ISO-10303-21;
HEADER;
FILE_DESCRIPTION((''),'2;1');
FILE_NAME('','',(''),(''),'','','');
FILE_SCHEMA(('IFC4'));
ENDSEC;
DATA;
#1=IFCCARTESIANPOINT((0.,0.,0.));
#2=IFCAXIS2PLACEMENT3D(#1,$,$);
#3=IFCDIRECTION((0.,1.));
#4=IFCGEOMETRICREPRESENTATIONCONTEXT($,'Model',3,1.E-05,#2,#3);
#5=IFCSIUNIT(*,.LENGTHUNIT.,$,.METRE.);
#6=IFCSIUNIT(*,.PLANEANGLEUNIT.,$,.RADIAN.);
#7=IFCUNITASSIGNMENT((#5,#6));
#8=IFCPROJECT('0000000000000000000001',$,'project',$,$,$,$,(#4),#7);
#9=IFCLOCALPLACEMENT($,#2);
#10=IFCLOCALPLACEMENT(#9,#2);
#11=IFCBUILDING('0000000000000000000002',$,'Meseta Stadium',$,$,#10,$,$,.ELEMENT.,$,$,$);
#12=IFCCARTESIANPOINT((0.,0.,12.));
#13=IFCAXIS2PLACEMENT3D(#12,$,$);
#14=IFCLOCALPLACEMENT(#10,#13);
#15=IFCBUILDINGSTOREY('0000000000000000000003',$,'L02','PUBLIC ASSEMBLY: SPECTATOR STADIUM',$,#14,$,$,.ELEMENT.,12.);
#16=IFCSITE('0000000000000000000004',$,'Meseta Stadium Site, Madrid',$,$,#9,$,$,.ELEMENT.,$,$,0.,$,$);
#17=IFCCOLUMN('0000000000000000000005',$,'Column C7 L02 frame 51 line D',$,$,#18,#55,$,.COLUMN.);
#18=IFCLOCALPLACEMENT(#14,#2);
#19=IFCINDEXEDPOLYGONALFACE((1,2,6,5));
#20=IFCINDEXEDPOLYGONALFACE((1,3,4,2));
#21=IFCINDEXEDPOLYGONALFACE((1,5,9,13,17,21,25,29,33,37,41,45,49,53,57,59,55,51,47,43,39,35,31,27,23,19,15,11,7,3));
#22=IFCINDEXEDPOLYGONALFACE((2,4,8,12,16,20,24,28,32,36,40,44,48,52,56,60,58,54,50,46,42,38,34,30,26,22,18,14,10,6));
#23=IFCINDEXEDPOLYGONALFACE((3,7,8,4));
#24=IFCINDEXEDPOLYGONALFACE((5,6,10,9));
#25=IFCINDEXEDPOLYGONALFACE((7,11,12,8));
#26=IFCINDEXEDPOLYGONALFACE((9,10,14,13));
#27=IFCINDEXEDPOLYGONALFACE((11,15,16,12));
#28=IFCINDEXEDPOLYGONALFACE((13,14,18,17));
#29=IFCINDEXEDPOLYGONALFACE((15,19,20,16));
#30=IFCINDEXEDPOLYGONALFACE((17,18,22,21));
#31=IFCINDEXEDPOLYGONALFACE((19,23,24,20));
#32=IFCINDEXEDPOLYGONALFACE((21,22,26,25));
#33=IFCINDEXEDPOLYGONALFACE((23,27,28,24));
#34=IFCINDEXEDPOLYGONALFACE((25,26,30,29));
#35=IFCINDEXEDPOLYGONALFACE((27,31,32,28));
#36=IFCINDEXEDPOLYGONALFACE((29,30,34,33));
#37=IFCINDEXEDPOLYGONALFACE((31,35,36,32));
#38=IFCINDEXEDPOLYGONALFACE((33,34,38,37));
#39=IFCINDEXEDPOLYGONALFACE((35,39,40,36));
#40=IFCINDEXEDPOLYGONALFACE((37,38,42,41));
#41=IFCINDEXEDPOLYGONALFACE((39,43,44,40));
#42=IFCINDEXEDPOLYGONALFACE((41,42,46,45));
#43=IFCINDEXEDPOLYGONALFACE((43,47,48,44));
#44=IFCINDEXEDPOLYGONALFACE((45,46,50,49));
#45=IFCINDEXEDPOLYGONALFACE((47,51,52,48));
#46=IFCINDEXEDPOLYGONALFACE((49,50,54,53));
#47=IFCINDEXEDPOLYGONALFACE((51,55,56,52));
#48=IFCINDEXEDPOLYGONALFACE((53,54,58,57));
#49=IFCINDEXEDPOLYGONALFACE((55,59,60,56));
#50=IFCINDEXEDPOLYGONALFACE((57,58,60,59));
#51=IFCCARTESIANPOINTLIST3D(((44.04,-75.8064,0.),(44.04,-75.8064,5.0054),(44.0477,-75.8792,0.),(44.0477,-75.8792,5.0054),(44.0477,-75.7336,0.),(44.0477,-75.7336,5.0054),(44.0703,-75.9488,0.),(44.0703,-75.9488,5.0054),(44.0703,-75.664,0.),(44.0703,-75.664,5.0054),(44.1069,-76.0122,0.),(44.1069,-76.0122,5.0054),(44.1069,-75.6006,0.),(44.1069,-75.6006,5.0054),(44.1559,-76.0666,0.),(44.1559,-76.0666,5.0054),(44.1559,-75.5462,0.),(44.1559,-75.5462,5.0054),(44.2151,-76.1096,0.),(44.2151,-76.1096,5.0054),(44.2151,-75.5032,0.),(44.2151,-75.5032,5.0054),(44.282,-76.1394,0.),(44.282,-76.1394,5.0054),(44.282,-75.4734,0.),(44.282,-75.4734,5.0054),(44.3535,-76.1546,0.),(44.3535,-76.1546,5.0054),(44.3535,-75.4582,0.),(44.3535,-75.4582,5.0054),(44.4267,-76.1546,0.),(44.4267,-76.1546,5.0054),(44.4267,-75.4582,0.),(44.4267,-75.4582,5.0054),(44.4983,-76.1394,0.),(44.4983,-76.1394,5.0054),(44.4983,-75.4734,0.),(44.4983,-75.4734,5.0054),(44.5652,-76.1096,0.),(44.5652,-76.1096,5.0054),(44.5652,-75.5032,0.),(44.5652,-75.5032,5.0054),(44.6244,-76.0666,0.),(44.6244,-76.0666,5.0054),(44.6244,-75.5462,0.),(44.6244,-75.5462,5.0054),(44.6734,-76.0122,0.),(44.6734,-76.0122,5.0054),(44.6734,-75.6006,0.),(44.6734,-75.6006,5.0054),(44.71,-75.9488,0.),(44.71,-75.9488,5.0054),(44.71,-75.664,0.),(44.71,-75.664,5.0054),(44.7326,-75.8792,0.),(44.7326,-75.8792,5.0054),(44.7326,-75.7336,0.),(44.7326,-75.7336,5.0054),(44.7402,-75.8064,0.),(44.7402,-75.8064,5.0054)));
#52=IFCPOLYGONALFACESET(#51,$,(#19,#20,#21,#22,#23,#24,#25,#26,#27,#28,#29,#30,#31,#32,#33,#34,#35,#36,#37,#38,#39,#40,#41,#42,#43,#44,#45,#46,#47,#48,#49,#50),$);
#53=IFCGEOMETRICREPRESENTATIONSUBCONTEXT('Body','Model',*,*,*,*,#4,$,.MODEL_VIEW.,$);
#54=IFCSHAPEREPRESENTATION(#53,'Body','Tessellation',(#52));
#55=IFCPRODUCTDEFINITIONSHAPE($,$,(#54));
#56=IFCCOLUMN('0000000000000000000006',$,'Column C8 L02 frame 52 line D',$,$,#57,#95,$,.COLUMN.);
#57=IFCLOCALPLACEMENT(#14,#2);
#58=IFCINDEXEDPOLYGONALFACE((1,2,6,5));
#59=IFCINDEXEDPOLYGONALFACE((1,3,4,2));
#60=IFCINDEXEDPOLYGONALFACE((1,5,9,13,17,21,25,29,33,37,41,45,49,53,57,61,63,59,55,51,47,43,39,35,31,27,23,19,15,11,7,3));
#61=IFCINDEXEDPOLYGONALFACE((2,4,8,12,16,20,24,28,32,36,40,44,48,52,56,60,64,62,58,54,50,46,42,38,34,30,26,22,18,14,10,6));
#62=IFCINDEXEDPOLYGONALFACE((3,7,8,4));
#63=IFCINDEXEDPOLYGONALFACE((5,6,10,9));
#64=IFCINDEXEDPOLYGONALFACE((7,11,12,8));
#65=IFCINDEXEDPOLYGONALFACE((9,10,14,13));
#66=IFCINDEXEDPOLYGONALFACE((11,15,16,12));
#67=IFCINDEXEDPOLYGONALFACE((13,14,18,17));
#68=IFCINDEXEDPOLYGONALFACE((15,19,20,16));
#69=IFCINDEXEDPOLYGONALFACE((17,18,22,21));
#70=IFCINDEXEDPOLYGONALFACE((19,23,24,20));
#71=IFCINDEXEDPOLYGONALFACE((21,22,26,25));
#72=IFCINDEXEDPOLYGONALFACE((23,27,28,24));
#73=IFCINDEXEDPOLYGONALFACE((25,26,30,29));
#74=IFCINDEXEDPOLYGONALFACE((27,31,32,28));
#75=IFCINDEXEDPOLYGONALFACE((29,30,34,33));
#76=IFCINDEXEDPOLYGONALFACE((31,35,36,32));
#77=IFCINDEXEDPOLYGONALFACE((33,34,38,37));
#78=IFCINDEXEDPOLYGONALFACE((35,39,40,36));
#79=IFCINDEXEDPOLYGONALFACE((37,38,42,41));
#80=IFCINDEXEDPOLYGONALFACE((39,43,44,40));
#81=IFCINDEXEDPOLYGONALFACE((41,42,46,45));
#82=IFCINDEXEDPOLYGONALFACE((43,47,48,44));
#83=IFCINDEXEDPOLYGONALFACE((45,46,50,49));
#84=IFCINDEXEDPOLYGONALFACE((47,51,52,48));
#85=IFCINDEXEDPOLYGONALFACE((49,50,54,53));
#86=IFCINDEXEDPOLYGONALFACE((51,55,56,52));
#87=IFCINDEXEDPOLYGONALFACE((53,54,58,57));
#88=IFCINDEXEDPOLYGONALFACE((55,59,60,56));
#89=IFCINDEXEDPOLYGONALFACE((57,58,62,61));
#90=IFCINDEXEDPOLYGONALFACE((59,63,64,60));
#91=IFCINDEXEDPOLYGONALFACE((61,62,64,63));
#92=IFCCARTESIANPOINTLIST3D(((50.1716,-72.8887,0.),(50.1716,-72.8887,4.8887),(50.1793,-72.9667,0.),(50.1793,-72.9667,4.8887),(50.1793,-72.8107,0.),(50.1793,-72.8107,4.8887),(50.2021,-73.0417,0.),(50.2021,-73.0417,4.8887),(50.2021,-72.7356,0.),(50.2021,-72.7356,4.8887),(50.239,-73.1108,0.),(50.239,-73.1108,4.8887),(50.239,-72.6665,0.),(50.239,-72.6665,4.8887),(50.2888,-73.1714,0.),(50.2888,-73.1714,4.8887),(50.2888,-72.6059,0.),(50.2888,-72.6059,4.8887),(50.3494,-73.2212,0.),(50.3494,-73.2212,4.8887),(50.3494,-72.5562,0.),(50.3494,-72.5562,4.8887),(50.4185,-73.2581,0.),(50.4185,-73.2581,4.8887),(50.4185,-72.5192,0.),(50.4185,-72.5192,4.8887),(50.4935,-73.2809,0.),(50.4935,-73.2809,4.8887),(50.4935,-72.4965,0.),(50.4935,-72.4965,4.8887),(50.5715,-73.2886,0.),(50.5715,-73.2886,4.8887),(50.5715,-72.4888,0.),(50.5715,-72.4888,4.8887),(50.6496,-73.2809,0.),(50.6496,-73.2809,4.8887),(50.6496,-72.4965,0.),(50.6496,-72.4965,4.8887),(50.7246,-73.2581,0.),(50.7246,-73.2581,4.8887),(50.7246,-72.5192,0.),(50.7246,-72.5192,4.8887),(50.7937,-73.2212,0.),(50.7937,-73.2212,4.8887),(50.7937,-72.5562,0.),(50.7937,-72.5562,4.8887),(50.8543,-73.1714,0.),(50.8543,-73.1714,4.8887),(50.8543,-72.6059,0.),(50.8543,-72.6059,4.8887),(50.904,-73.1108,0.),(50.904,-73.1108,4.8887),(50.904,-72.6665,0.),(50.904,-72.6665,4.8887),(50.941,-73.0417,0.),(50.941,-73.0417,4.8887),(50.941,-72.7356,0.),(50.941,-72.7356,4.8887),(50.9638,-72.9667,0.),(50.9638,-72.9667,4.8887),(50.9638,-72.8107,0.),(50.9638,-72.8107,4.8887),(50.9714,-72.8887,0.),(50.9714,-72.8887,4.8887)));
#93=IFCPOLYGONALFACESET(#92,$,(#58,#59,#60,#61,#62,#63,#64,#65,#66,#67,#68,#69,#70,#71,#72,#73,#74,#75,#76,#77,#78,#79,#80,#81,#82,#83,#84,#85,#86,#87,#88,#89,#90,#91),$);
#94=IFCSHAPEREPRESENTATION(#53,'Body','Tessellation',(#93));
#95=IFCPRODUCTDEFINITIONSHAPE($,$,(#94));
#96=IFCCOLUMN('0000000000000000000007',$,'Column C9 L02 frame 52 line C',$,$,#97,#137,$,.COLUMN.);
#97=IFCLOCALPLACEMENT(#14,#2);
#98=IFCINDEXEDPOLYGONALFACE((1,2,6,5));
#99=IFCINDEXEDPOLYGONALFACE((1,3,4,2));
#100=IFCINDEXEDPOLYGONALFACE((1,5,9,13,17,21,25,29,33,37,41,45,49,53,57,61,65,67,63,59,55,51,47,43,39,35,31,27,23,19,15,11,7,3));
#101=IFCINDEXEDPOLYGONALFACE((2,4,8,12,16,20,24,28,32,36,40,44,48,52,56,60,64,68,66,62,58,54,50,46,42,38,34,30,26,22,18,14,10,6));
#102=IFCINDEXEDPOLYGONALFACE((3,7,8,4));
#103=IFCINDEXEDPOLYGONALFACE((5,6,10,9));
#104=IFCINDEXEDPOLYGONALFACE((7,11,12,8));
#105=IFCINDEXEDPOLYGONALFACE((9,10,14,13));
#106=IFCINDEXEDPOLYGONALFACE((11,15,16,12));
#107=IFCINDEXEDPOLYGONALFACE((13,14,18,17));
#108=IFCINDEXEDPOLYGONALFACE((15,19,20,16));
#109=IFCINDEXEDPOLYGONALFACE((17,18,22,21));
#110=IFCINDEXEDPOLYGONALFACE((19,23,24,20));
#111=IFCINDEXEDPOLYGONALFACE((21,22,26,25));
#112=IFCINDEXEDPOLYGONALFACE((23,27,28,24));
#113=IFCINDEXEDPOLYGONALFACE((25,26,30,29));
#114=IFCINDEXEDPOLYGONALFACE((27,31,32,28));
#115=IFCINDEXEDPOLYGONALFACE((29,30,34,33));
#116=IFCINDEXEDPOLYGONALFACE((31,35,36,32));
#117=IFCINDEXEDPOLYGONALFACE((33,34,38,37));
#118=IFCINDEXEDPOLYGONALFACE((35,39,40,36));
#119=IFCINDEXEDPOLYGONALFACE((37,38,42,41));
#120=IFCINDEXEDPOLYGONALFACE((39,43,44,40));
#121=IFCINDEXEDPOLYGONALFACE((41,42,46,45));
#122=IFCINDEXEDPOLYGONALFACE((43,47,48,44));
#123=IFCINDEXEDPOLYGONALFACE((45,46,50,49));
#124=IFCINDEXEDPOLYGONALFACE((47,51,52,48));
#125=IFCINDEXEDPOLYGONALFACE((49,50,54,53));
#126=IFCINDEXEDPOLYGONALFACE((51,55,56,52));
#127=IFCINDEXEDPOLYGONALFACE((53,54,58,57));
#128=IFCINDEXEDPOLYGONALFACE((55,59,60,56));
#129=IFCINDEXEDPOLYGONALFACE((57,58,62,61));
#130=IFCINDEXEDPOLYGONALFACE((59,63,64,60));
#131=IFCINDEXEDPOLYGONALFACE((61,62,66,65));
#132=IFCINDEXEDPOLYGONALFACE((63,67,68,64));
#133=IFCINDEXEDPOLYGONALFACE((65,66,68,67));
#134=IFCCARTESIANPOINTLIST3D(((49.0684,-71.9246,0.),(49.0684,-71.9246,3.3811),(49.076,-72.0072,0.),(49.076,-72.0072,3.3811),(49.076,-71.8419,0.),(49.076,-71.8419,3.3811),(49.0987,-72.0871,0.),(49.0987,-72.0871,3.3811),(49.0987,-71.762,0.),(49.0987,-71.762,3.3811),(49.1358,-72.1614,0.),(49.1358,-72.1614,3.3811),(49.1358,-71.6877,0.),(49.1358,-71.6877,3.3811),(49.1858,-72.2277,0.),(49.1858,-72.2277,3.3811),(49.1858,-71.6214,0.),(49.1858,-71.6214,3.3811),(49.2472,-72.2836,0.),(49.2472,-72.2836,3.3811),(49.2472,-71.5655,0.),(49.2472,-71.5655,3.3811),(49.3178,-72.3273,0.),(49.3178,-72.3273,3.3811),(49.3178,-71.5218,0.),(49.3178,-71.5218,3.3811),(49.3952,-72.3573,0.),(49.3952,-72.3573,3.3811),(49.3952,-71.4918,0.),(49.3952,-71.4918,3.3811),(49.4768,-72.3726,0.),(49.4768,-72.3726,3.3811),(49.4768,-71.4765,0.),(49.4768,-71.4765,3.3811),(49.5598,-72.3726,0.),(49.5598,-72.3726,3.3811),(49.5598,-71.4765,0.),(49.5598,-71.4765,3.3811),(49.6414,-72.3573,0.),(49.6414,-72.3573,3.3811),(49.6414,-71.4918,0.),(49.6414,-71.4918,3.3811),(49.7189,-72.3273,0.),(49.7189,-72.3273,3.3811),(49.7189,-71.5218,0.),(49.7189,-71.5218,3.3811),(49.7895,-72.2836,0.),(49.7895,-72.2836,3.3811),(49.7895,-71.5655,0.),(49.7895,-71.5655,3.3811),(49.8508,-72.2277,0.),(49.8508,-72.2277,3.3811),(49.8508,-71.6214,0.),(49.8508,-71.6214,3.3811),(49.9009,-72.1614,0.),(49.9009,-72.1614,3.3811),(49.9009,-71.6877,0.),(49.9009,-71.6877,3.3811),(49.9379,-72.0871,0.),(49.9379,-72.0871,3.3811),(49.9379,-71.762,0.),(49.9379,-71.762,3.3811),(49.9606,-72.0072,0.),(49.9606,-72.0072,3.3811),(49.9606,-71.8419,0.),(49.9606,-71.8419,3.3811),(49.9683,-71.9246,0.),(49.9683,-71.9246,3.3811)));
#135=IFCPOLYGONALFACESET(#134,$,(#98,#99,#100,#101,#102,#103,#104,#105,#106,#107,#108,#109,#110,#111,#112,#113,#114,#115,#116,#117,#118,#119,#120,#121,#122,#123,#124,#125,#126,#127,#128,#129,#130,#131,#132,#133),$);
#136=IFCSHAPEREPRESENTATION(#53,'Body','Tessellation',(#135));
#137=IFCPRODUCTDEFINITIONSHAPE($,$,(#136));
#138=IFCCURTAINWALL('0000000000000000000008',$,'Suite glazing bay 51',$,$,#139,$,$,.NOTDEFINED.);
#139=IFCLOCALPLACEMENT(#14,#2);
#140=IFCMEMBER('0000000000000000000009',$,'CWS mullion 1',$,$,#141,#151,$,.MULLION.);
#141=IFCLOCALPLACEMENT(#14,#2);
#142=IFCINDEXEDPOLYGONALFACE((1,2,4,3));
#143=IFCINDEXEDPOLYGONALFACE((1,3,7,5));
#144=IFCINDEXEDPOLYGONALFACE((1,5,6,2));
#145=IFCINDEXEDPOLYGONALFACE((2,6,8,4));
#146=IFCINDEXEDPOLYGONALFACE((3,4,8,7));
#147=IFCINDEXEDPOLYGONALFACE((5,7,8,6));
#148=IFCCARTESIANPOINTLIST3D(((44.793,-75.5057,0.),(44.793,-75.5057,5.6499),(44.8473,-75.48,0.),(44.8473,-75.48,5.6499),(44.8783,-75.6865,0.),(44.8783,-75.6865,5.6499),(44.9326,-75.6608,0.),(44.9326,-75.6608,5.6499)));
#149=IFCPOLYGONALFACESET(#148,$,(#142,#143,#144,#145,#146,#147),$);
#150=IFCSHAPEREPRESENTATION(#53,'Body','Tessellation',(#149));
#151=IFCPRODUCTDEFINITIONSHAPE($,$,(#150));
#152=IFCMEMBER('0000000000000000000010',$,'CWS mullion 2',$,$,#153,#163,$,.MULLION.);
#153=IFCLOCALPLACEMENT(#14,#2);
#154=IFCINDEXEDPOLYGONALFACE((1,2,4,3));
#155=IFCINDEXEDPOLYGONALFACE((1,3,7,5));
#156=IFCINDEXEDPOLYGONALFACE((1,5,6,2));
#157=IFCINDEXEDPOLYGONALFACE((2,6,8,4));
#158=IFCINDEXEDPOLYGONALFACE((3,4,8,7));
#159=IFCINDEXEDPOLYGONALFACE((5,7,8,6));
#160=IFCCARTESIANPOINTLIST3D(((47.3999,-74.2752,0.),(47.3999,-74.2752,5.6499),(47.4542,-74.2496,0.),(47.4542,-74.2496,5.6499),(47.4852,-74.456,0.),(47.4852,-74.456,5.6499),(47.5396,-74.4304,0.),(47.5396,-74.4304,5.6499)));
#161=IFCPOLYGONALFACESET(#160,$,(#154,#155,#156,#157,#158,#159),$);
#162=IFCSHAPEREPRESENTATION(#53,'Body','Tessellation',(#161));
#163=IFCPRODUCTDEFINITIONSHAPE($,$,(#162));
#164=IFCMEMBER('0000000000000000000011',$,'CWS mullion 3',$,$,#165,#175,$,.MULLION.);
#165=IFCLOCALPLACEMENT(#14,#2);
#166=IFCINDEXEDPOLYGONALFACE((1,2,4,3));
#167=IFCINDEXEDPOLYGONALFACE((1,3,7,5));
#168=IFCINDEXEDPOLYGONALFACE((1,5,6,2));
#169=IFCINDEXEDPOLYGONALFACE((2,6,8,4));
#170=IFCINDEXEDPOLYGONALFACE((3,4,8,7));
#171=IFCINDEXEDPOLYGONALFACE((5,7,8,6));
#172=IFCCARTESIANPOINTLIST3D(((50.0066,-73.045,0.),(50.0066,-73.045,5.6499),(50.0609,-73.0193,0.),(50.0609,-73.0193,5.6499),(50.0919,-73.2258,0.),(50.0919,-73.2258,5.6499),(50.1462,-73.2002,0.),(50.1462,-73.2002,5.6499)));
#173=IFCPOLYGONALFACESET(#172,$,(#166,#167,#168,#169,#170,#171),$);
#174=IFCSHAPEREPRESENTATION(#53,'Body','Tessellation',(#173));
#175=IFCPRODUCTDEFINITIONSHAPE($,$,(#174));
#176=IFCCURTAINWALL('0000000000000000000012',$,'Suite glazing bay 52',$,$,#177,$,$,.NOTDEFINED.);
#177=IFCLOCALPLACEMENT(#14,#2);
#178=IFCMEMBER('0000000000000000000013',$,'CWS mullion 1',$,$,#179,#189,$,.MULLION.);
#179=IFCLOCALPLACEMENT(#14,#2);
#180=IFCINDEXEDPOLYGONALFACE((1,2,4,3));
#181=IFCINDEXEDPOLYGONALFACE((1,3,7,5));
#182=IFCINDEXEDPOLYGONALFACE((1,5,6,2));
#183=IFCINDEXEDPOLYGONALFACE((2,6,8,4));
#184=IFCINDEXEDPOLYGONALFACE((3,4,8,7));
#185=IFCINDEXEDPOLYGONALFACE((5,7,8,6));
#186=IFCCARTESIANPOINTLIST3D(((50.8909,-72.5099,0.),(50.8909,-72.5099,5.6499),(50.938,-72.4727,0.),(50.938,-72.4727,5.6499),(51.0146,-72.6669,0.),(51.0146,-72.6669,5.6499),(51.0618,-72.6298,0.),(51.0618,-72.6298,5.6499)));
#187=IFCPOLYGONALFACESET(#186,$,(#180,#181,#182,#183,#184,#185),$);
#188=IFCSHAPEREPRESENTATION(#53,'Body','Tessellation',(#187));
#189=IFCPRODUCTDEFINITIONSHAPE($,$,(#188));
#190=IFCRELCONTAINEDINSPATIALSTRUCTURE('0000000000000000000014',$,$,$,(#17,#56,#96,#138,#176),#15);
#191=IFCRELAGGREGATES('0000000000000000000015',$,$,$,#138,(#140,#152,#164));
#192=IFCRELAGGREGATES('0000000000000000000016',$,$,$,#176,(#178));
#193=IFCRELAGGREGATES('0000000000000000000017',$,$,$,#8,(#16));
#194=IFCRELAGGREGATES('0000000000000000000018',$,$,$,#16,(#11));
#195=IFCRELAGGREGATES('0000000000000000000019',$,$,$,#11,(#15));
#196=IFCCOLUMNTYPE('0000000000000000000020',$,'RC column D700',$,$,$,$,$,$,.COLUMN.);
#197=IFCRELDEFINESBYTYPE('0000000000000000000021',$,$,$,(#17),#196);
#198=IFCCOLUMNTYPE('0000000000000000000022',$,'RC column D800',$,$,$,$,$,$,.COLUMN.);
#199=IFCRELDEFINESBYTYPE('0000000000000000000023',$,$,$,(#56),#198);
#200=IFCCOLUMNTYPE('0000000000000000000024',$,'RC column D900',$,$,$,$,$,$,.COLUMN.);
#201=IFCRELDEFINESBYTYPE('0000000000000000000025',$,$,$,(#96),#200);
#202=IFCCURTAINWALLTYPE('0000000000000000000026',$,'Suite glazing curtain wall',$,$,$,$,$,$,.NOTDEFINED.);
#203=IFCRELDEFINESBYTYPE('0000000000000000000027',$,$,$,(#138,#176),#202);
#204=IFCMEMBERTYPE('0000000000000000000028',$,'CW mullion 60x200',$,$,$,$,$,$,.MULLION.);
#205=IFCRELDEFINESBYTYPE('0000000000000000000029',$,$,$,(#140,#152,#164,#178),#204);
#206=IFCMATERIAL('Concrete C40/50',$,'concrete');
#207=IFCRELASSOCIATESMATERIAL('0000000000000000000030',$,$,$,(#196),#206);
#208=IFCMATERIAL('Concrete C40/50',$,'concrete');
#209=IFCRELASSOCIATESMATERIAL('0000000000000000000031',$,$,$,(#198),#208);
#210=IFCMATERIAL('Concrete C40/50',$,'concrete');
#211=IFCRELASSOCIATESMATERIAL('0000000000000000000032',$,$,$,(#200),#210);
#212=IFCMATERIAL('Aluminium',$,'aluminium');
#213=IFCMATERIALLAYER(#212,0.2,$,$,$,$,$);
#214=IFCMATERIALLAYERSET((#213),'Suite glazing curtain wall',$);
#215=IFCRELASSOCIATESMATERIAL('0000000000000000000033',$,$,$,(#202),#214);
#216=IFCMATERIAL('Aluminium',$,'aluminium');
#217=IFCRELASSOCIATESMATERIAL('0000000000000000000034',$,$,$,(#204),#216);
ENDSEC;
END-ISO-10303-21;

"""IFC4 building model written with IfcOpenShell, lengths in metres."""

from ifc_helpers import new_model, si_unit, direction, frame, origin, origin_2d, place, context, subcontext, project, spatial, rectangle, circle, extrude, material, layer, layer_set, material_profile, profile_set, type_object, element, aggregate, save


model = new_model("IFC4")

# Units and contexts
model_context = context("Model", 3, precision=1e-05, world=origin(), true_north=direction((0.0, 1.0)))
body_context = subcontext(model_context, "Body", "Model", "MODEL_VIEW")
ifc_project = project(units=[si_unit("LENGTHUNIT", "METRE"), si_unit("PLANEANGLEUNIT", "RADIAN")], contexts=[model_context])

# Site, building, storey
site_placement = place(None, origin())
site = spatial("IfcSite", under=ifc_project, at=site_placement, Name="Meseta Stadium Site, Madrid", CompositionType="ELEMENT", RefElevation=0.0)
building_placement = place(site_placement, origin())
building = spatial("IfcBuilding", under=site, at=building_placement, Name="Meseta Stadium", CompositionType="ELEMENT")
storey_placement = place(building_placement, frame((0.0, 0.0, 12.0)))
storey = spatial("IfcBuildingStorey", under=building, at=storey_placement, Name="L02", Description="PUBLIC ASSEMBLY: SPECTATOR STADIUM", CompositionType="ELEMENT", Elevation=12.0)

# Columns
ifc_material_1 = material(Name="Concrete C40/50", Category="concrete")
ifc_material_profile_1 = material_profile(ifc_material_1, circle(Radius=0.3501, at=origin_2d()), Name="RC D700")
ifc_profile_set_1 = profile_set([ifc_material_profile_1], Name="Concrete C40/50")
column_type_1 = type_object("IfcColumnType", Name="RC column D700", PredefinedType="COLUMN", material=ifc_profile_set_1)
column_1_placement = place(storey_placement, frame((44.3901, -75.8064, 0.0), z_axis=(0.0, 0.0, 1.0), x_axis=(1.0, 0.0, 0.0)))
element("IfcColumn", 1, at=column_1_placement, inside=storey, type_object=column_type_1, Name="Column C7 L02 frame 51 line D", PredefinedType="COLUMN", context=body_context, shape_type="SweptSolid", body=[
    extrude(circle(Radius=0.3501, at=origin_2d()), origin(), (0.0, 0.0, 1.0), 5.0054),
])
ifc_material_2 = material(Name="Concrete C40/50", Category="concrete")
ifc_material_profile_2 = material_profile(ifc_material_2, circle(Radius=0.3999, at=origin_2d()), Name="RC D800")
ifc_profile_set_2 = profile_set([ifc_material_profile_2], Name="Concrete C40/50")
column_type_2 = type_object("IfcColumnType", Name="RC column D800", PredefinedType="COLUMN", material=ifc_profile_set_2)
column_2_placement = place(storey_placement, frame((50.5715, -72.8887, 0.0), z_axis=(0.0, 0.0, 1.0), x_axis=(1.0, 0.0, 0.0)))
element("IfcColumn", 2, at=column_2_placement, inside=storey, type_object=column_type_2, Name="Column C8 L02 frame 52 line D", PredefinedType="COLUMN", context=body_context, shape_type="SweptSolid", body=[
    extrude(circle(Radius=0.3999, at=origin_2d()), origin(), (0.0, 0.0, 1.0), 4.8887),
])
ifc_material_3 = material(Name="Concrete C40/50", Category="concrete")
ifc_material_profile_3 = material_profile(ifc_material_3, circle(Radius=0.45, at=origin_2d()), Name="RC D900")
ifc_profile_set_3 = profile_set([ifc_material_profile_3], Name="Concrete C40/50")
column_type_3 = type_object("IfcColumnType", Name="RC column D900", PredefinedType="COLUMN", material=ifc_profile_set_3)
column_3_placement = place(storey_placement, frame((49.5183, -71.9246, 0.0), z_axis=(0.0, 0.0, 1.0), x_axis=(1.0, 0.0, 0.0)))
element("IfcColumn", 3, at=column_3_placement, inside=storey, type_object=column_type_3, Name="Column C9 L02 frame 52 line C", PredefinedType="COLUMN", context=body_context, shape_type="SweptSolid", body=[
    extrude(circle(Radius=0.45, at=origin_2d()), origin(), (0.0, 0.0, 1.0), 3.3811),
])

# Curtain wall, members
ifc_material_4 = material(Name="Aluminium", Category="aluminium")
ifc_layer_1 = layer(ifc_material_4, 0.2)
ifc_layer_set_1 = layer_set([ifc_layer_1], Name="Suite glazing curtain wall")
curtain_wall_type = type_object("IfcCurtainWallType", Name="Suite glazing curtain wall", PredefinedType="NOTDEFINED", material=ifc_layer_set_1)
curtain_wall_1_placement = place(storey_placement, origin())
curtain_wall_1 = element("IfcCurtainWall", 4, at=curtain_wall_1_placement, inside=storey, type_object=curtain_wall_type, Name="Suite glazing bay 51", PredefinedType="NOTDEFINED")
ifc_material_5 = material(Name="Aluminium", Category="aluminium")
ifc_material_profile_4 = material_profile(ifc_material_5, rectangle(XDim=0.2, YDim=0.0601, at=origin_2d()), Name="CW 200x60")
ifc_profile_set_4 = profile_set([ifc_material_profile_4], Name="Aluminium")
member_type_1 = type_object("IfcMemberType", Name="CW mullion 60x200", PredefinedType="MULLION", material=ifc_profile_set_4)
member_1_placement = place(storey_placement, frame((44.8628, -75.5833, 0.0), z_axis=(0.0, 0.0, 1.0), x_axis=(-0.426837, 0.904328, 0.0)))
member_1 = element("IfcMember", 5, at=member_1_placement, type_object=member_type_1, Name="CWS mullion 1", PredefinedType="MULLION", context=body_context, shape_type="SweptSolid", body=[
    extrude(rectangle(XDim=0.2, YDim=0.0601, at=origin_2d()), origin(), (0.0, 0.0, 1.0), 5.6499),
])
member_2_placement = place(storey_placement, frame((47.4697, -74.3528, 0.0), z_axis=(0.0, 0.0, 1.0), x_axis=(-0.426837, 0.904328, 0.0)))
member_2 = element("IfcMember", 6, at=member_2_placement, type_object=member_type_1, Name="CWS mullion 2", PredefinedType="MULLION", context=body_context, shape_type="SweptSolid", body=[
    extrude(rectangle(XDim=0.2, YDim=0.0601, at=origin_2d()), origin(), (0.0, 0.0, 1.0), 5.6499),
])
member_3_placement = place(storey_placement, frame((50.0764, -73.1226, 0.0), z_axis=(0.0, 0.0, 1.0), x_axis=(-0.426837, 0.904328, 0.0)))
member_3 = element("IfcMember", 7, at=member_3_placement, type_object=member_type_1, Name="CWS mullion 3", PredefinedType="MULLION", context=body_context, shape_type="SweptSolid", body=[
    extrude(rectangle(XDim=0.2, YDim=0.0601, at=origin_2d()), origin(), (0.0, 0.0, 1.0), 5.6499),
])

# Curtain wall, member
curtain_wall_2_placement = place(storey_placement, origin())
curtain_wall_2 = element("IfcCurtainWall", 8, at=curtain_wall_2_placement, inside=storey, type_object=curtain_wall_type, Name="Suite glazing bay 52", PredefinedType="NOTDEFINED")
member_4_placement = place(storey_placement, frame((50.9763, -72.5698, 0.0), z_axis=(0.0, 0.0, 1.0), x_axis=(-0.618944, 0.785435, 0.0)))
member_4 = element("IfcMember", 9, at=member_4_placement, type_object=member_type_1, Name="CWS mullion 1", PredefinedType="MULLION", context=body_context, shape_type="SweptSolid", body=[
    extrude(rectangle(XDim=0.2, YDim=0.0601, at=origin_2d()), origin(), (0.0, 0.0, 1.0), 5.6499),
])

aggregate(curtain_wall_1, [member_1, member_2, member_3])
aggregate(curtain_wall_2, [member_4])

save(model, "model.ifc")
